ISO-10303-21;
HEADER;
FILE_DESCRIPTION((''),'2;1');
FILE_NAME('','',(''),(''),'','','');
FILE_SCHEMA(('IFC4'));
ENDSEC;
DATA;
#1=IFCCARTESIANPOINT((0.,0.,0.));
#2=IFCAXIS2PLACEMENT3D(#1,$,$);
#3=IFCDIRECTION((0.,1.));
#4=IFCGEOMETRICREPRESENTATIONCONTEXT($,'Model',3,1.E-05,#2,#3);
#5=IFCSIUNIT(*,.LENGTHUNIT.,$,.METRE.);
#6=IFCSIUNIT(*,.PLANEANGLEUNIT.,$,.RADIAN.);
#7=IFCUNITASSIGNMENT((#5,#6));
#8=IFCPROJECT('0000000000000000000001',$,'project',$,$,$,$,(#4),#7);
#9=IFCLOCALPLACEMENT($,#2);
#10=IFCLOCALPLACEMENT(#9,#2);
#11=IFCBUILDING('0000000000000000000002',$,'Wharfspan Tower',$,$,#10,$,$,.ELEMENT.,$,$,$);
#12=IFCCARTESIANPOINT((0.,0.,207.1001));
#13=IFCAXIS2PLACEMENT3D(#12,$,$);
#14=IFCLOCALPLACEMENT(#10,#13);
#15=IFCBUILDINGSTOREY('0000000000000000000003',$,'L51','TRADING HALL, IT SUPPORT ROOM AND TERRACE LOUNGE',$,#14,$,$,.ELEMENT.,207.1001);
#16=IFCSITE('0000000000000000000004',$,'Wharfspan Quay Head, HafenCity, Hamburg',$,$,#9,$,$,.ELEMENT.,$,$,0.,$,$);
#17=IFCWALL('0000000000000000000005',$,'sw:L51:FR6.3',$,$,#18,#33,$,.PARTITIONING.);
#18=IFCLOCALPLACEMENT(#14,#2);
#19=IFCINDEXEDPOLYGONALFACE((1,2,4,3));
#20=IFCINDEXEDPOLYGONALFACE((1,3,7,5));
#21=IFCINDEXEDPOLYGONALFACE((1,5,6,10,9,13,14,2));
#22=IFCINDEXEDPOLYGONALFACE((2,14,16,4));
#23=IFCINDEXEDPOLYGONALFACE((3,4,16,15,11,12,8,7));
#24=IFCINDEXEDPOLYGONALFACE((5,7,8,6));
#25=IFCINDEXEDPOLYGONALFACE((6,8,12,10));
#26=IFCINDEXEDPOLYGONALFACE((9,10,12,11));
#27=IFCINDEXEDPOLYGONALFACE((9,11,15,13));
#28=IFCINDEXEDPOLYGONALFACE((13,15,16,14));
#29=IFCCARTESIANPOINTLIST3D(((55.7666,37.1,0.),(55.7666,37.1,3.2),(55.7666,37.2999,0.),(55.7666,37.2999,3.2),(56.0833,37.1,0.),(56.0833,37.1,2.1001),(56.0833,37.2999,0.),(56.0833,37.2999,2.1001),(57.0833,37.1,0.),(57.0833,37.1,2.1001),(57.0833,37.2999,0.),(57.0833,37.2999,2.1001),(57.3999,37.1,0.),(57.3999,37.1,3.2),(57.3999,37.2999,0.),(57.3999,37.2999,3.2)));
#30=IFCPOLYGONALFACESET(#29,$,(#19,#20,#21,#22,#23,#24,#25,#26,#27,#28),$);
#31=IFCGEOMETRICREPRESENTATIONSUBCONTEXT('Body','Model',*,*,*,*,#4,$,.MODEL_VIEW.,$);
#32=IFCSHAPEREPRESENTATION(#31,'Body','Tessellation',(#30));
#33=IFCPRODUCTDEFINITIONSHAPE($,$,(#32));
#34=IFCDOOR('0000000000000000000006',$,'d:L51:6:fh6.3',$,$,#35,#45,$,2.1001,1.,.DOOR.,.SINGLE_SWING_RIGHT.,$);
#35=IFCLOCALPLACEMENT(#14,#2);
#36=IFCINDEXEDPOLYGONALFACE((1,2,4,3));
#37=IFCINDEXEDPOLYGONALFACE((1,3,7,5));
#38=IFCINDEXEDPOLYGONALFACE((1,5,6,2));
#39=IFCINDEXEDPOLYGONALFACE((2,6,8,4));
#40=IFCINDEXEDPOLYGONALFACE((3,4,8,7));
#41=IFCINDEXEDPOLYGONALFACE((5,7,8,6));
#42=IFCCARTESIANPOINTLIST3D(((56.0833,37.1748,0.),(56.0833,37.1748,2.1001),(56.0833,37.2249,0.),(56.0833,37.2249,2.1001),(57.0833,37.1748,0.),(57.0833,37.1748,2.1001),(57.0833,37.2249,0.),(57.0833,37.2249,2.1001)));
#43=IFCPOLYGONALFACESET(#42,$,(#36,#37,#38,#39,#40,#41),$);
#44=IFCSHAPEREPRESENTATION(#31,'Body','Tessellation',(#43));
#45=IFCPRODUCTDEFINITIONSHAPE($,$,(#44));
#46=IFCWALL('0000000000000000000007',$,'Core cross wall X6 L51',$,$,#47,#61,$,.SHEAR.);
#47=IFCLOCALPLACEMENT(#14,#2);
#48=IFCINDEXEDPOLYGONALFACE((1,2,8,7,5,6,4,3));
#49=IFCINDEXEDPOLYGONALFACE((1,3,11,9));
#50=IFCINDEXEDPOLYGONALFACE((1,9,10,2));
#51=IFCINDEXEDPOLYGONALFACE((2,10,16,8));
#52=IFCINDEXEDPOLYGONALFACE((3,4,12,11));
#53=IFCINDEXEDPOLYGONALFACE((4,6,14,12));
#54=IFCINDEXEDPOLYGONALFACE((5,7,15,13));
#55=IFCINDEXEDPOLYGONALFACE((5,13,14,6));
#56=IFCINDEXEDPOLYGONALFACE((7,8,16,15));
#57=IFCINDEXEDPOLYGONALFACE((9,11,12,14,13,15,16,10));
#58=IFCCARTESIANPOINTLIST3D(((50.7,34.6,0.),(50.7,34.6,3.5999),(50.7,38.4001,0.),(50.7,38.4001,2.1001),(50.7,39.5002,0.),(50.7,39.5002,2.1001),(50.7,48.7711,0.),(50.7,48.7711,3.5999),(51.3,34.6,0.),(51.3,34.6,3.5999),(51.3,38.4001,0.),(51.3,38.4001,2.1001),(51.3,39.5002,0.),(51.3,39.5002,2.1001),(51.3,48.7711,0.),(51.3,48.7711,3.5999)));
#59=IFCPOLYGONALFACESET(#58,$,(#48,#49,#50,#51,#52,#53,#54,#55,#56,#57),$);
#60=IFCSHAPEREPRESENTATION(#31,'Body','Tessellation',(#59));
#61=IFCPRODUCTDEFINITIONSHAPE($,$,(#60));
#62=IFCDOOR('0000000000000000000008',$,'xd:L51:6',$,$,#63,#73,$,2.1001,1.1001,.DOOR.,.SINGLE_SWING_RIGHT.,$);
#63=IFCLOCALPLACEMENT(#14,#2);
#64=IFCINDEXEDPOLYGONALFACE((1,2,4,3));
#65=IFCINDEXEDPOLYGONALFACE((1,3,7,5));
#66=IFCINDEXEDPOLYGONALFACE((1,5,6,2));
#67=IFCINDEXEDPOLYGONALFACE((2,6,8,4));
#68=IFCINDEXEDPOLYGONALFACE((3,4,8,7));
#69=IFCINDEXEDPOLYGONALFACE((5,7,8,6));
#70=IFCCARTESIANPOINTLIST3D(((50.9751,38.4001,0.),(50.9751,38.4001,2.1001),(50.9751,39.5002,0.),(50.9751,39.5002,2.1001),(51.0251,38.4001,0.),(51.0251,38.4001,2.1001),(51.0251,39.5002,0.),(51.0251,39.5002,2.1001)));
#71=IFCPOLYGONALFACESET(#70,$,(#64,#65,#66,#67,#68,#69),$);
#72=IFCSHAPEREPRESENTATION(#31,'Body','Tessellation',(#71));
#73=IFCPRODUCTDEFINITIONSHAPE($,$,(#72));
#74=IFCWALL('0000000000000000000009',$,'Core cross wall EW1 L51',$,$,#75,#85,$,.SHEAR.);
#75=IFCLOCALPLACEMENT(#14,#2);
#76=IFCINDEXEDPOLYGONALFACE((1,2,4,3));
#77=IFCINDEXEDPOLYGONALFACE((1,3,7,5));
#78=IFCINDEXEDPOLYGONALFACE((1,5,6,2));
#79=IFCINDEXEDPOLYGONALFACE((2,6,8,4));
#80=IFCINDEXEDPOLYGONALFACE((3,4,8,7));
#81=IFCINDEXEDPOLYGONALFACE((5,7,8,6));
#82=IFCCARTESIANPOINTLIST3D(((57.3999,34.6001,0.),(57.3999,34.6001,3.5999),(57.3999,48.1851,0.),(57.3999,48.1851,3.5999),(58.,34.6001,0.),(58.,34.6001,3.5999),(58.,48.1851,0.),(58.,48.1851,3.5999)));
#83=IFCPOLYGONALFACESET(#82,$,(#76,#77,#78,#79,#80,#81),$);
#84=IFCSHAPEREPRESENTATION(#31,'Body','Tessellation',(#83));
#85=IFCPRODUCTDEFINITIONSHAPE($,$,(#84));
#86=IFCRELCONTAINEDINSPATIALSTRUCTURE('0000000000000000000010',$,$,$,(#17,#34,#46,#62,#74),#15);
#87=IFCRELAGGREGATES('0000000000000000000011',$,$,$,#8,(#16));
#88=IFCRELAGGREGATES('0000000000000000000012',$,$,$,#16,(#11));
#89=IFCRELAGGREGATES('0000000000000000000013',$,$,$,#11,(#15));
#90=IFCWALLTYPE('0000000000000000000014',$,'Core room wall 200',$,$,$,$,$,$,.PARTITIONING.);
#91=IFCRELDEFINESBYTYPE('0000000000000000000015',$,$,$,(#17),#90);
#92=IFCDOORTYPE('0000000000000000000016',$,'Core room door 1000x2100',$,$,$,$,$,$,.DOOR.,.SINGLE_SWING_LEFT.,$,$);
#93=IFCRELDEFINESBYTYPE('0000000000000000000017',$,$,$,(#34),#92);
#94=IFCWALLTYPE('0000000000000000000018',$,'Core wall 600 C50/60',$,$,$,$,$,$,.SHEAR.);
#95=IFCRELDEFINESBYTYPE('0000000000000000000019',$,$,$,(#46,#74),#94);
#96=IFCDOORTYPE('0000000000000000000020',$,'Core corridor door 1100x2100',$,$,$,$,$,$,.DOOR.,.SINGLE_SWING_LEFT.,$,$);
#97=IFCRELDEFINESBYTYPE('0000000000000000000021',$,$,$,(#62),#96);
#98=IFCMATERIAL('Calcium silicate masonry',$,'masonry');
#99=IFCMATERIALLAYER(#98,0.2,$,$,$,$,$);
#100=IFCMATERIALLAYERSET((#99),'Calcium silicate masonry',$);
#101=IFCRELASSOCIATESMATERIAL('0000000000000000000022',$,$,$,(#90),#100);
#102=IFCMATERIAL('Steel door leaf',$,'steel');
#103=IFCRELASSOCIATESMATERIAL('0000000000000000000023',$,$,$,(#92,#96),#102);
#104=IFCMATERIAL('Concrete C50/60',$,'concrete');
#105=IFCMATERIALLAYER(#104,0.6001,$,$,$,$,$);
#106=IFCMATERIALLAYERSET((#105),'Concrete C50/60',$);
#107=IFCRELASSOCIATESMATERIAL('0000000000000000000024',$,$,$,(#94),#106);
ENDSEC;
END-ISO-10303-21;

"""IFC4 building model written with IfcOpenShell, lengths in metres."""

from ifc_helpers import new_model, si_unit, direction, frame, frame_2d, origin, place, context, subcontext, project, spatial, rectangle, extrude, material, layer, layer_set, type_object, element, fill, save


model = new_model("IFC4")

# Units and contexts
model_context = context("Model", 3, precision=1e-05, world=origin(), true_north=direction((0.0, 1.0)))
body_context = subcontext(model_context, "Body", "Model", "MODEL_VIEW")
ifc_project = project(units=[si_unit("LENGTHUNIT", "METRE"), si_unit("PLANEANGLEUNIT", "RADIAN")], contexts=[model_context])

# Site, building, storey
site_placement = place(None, origin())
site = spatial("IfcSite", under=ifc_project, at=site_placement, Name="Wharfspan Quay Head, HafenCity, Hamburg", CompositionType="ELEMENT", RefElevation=0.0)
building_placement = place(site_placement, origin())
building = spatial("IfcBuilding", under=site, at=building_placement, Name="Wharfspan Tower", CompositionType="ELEMENT")
storey_placement = place(building_placement, frame((0.0, 0.0, 207.1001)))
storey = spatial("IfcBuildingStorey", under=building, at=storey_placement, Name="L51", Description="TRADING HALL, IT SUPPORT ROOM AND TERRACE LOUNGE", CompositionType="ELEMENT", Elevation=207.1001)

# Walls, openings, doors
ifc_material_1 = material(Name="Calcium silicate masonry", Category="masonry")
ifc_layer_1 = layer(ifc_material_1, 0.2)
ifc_layer_set_1 = layer_set([ifc_layer_1], Name="Calcium silicate masonry")
wall_type_1 = type_object("IfcWallType", Name="Core room wall 200", PredefinedType="PARTITIONING", material=ifc_layer_set_1)
ifc_material_2 = material(Name="Steel door leaf", Category="steel")
door_type_1 = type_object("IfcDoorType", Name="Core room door 1000x2100", OperationType="SINGLE_SWING_LEFT", PredefinedType="DOOR", material=ifc_material_2)
wall_1_placement = place(storey_placement, frame((55.7666, 37.2, 0.0), z_axis=(0.0, 0.0, 1.0), x_axis=(1.0, 0.0, 0.0)))
wall_1 = element("IfcWall", 1, at=wall_1_placement, inside=storey, type_object=wall_type_1, Name="sw:L51:FR6.3", PredefinedType="PARTITIONING", context=body_context, shape_type="SweptSolid", body=[
    extrude(rectangle(XDim=1.6333, YDim=0.2, at=frame_2d((0.8166, 0.0))), origin(), (0.0, 0.0, 1.0), 3.2),
])
opening_1_placement = place(wall_1_placement, frame((0.3166, 0.0, 0.0)))
opening_1 = element("IfcOpeningElement", 2, at=opening_1_placement, cuts=wall_1, PredefinedType="OPENING", context=body_context, shape_type="SweptSolid", body=[
    extrude(rectangle(XDim=1.0, YDim=2.1001, at=frame_2d((0.5, 1.05))), frame((0.0, 0.1099, 0.0), z_axis=(0.0, -1.0, 0.0), x_axis=(1.0, 0.0, 0.0)), (0.0, 0.0, 1.0), 0.22),
])
door_1_placement = place(opening_1_placement, origin())
door_1 = element("IfcDoor", 3, at=door_1_placement, inside=storey, type_object=door_type_1, Name="d:L51:6:fh6.3", OperationType="SINGLE_SWING_RIGHT", OverallHeight=2.1001, OverallWidth=1.0, PredefinedType="DOOR", context=body_context, shape_type="SweptSolid", body=[
    extrude(rectangle(XDim=1.0, YDim=2.1001, at=frame_2d((0.5, 1.05))), frame((0.0, 0.0249, 0.0), z_axis=(0.0, -1.0, 0.0), x_axis=(1.0, 0.0, 0.0)), (0.0, 0.0, 1.0), 0.05),
])
fill(opening_1, door_1)
ifc_material_3 = material(Name="Concrete C50/60", Category="concrete")
ifc_layer_2 = layer(ifc_material_3, 0.6001)
ifc_layer_set_2 = layer_set([ifc_layer_2], Name="Concrete C50/60")
wall_type_2 = type_object("IfcWallType", Name="Core wall 600 C50/60", PredefinedType="SHEAR", material=ifc_layer_set_2)
wall_2_placement = place(storey_placement, frame((51.0, 34.6001, 0.0), z_axis=(0.0, 0.0, 1.0), x_axis=(0.0, 1.0, 0.0)))
wall_2 = element("IfcWall", 4, at=wall_2_placement, inside=storey, type_object=wall_type_2, Name="Core cross wall X6 L51", PredefinedType="SHEAR", context=body_context, shape_type="SweptSolid", body=[
    extrude(rectangle(XDim=14.1711, YDim=0.6001, at=frame_2d((7.0854, 0.0))), origin(), (0.0, 0.0, 1.0), 3.5999),
])
opening_2_placement = place(wall_2_placement, frame((3.8, 0.0, 0.0)))
opening_2 = element("IfcOpeningElement", 5, at=opening_2_placement, cuts=wall_2, PredefinedType="OPENING", context=body_context, shape_type="SweptSolid", body=[
    extrude(rectangle(XDim=1.1001, YDim=2.1001, at=frame_2d((0.55, 1.05))), frame((0.0, 0.3101, 0.0), z_axis=(0.0, -1.0, 0.0), x_axis=(1.0, 0.0, 0.0)), (0.0, 0.0, 1.0), 0.6201),
])
door_type_2 = type_object("IfcDoorType", Name="Core corridor door 1100x2100", OperationType="SINGLE_SWING_LEFT", PredefinedType="DOOR", material=ifc_material_2)
door_2_placement = place(opening_2_placement, origin())
door_2 = element("IfcDoor", 6, at=door_2_placement, inside=storey, type_object=door_type_2, Name="xd:L51:6", OperationType="SINGLE_SWING_RIGHT", OverallHeight=2.1001, OverallWidth=1.1001, PredefinedType="DOOR", context=body_context, shape_type="SweptSolid", body=[
    extrude(rectangle(XDim=1.1001, YDim=2.1001, at=frame_2d((0.55, 1.05))), frame((0.0, 0.0249, 0.0), z_axis=(0.0, -1.0, 0.0), x_axis=(1.0, 0.0, 0.0)), (0.0, 0.0, 1.0), 0.05),
])
fill(opening_2, door_2)

# Wall
wall_3_placement = place(storey_placement, frame((57.7, 34.6001, 0.0), z_axis=(0.0, 0.0, 1.0), x_axis=(0.0, 1.0, 0.0)))
element("IfcWall", 7, at=wall_3_placement, inside=storey, type_object=wall_type_2, Name="Core cross wall EW1 L51", PredefinedType="SHEAR", context=body_context, shape_type="SweptSolid", body=[
    extrude(rectangle(XDim=13.585, YDim=0.6001, at=frame_2d((6.7925, 0.0))), origin(), (0.0, 0.0, 1.0), 3.5999),
])

save(model, "model.ifc")
